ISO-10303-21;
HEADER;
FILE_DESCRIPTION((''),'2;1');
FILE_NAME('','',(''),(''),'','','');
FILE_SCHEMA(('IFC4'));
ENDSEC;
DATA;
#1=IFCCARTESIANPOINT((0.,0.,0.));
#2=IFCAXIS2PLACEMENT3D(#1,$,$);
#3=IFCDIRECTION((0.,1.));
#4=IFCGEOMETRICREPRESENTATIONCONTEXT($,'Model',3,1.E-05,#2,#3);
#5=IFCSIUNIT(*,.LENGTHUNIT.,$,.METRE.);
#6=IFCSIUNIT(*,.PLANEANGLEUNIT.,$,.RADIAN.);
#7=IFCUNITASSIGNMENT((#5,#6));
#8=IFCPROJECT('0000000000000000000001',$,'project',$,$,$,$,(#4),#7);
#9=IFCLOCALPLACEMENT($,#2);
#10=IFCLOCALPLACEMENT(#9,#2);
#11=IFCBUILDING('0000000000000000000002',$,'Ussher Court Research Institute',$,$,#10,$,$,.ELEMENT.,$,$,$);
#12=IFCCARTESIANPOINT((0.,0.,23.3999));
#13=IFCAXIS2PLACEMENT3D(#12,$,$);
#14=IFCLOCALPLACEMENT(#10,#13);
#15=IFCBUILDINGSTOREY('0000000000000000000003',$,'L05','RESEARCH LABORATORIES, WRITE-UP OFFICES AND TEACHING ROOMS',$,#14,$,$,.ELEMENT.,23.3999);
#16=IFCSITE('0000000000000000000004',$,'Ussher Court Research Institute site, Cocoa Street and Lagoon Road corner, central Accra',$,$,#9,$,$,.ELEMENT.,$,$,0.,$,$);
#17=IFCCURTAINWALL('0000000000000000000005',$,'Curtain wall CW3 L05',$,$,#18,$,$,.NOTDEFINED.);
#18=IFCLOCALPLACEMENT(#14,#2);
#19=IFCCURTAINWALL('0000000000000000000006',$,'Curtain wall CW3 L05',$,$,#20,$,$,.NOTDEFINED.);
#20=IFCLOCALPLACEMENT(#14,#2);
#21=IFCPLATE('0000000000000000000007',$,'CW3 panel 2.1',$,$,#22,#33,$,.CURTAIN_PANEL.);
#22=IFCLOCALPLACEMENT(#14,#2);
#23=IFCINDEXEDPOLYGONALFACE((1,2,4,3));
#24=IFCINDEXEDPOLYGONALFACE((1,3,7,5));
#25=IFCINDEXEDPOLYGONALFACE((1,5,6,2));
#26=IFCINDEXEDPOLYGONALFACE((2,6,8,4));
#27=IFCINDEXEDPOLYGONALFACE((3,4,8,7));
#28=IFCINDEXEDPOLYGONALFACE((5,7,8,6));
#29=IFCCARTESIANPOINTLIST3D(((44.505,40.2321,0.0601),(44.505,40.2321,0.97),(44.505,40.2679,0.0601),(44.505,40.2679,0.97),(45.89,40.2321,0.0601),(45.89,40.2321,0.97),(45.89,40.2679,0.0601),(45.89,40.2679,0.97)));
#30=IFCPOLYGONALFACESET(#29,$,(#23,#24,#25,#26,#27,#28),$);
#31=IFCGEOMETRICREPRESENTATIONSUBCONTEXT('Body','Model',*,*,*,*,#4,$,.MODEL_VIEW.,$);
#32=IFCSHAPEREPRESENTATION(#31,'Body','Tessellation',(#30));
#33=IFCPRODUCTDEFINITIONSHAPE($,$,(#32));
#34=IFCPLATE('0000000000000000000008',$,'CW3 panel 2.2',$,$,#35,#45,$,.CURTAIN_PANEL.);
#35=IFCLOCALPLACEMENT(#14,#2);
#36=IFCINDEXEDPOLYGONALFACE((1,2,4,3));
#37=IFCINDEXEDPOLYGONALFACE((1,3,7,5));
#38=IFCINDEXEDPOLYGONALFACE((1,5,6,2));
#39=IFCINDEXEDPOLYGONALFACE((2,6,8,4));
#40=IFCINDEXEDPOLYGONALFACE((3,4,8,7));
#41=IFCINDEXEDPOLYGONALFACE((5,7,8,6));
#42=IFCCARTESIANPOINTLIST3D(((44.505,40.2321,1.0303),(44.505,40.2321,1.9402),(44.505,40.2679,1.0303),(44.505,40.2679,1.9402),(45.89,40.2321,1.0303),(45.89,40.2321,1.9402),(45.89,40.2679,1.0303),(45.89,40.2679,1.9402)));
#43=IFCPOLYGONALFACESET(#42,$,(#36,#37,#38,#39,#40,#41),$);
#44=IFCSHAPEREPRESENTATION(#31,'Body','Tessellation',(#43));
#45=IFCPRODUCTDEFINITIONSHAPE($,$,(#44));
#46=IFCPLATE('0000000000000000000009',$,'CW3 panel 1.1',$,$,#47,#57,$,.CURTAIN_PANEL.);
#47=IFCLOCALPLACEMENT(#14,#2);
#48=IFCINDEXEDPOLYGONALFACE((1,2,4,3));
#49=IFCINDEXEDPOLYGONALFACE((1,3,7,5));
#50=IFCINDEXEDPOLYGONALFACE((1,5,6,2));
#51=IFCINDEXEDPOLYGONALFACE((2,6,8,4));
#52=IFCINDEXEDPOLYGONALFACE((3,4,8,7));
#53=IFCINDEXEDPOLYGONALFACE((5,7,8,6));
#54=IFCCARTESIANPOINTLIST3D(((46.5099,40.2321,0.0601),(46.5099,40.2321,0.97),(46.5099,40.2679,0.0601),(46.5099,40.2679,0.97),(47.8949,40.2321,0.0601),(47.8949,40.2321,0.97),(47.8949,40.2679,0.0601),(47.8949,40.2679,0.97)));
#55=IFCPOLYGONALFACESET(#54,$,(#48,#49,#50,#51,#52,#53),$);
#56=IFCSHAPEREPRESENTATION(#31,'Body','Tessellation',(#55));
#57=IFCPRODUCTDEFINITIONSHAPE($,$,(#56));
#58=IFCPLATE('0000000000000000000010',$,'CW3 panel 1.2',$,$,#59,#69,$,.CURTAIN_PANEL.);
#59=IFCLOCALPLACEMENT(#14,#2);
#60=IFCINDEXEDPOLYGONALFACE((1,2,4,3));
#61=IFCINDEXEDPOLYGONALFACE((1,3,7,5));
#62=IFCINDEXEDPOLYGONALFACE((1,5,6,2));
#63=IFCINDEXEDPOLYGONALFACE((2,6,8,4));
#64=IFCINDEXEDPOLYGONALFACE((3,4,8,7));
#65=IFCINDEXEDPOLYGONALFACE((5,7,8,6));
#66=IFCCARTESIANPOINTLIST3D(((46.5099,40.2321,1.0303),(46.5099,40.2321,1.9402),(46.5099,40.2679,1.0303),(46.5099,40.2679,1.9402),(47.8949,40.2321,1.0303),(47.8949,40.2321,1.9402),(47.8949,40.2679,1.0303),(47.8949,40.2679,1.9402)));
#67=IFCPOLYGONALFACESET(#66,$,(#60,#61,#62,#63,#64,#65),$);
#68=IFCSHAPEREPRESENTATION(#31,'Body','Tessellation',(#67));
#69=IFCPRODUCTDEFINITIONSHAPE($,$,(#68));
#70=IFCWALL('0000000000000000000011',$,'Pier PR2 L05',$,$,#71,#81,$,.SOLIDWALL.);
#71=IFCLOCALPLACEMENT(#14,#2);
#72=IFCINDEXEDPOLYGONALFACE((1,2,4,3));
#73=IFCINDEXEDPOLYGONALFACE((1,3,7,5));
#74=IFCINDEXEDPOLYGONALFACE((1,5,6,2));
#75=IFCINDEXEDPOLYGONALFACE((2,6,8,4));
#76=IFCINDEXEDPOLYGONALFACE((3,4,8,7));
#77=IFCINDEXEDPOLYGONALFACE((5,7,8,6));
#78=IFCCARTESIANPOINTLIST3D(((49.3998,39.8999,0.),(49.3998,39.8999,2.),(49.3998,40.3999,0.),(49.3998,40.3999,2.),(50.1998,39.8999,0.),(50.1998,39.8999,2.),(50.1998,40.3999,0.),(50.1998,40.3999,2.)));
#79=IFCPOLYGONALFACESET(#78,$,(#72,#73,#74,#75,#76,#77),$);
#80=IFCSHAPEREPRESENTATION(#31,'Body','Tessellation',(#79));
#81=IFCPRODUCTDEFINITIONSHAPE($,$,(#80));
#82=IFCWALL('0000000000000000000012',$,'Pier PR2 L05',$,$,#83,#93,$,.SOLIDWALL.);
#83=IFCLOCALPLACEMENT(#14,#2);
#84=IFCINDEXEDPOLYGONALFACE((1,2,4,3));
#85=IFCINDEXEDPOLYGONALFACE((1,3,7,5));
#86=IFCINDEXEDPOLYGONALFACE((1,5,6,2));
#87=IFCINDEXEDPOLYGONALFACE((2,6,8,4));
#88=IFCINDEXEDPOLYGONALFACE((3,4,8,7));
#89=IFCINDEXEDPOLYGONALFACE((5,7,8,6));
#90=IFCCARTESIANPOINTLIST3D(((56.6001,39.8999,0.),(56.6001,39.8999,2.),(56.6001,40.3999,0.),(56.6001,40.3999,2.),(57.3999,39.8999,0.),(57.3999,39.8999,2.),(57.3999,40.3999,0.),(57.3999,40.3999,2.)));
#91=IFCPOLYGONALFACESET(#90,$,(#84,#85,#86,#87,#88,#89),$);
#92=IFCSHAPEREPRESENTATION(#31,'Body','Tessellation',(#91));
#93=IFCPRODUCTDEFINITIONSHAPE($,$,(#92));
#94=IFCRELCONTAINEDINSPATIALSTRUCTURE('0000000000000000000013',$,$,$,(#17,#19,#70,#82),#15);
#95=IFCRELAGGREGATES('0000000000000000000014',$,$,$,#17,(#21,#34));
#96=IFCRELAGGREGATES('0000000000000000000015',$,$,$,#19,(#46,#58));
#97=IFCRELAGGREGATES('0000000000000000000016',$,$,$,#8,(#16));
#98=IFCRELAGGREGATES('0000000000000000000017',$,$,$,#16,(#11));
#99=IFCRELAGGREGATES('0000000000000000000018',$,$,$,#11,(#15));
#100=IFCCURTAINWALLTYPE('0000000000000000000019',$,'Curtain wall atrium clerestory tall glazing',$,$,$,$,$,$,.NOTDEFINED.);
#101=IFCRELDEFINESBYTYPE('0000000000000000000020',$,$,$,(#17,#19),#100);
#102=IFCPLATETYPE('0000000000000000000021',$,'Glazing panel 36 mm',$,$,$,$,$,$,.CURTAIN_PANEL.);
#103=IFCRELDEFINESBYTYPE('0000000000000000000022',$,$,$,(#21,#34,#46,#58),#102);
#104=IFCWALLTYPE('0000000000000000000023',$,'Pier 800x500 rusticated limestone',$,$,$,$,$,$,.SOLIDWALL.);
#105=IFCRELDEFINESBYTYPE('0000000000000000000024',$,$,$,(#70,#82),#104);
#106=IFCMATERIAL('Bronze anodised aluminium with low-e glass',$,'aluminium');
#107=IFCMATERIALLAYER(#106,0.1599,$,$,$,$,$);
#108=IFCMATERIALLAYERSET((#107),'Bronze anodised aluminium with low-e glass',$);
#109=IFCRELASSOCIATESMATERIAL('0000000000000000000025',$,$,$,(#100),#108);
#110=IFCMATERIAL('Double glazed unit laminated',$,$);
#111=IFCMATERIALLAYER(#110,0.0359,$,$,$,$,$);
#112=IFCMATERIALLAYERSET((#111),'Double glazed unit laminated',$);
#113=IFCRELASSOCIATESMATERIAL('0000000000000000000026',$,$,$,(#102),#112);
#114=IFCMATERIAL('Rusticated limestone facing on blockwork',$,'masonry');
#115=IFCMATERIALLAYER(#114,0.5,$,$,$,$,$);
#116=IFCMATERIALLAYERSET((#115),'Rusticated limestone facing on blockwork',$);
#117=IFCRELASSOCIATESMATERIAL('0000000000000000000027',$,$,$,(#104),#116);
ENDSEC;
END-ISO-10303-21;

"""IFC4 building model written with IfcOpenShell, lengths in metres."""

from ifc_helpers import new_model, si_unit, direction, frame, frame_2d, origin, origin_2d, place, context, subcontext, project, spatial, rectangle, extrude, material, layer, layer_set, type_object, element, aggregate, save


model = new_model("IFC4")

# Units and contexts
model_context = context("Model", 3, precision=1e-05, world=origin(), true_north=direction((0.0, 1.0)))
body_context = subcontext(model_context, "Body", "Model", "MODEL_VIEW")
ifc_project = project(units=[si_unit("LENGTHUNIT", "METRE"), si_unit("PLANEANGLEUNIT", "RADIAN")], contexts=[model_context])

# Site, building, storey
site_placement = place(None, origin())
site = spatial("IfcSite", under=ifc_project, at=site_placement, Name="Ussher Court Research Institute site, Cocoa Street and Lagoon Road corner, central Accra", CompositionType="ELEMENT", RefElevation=0.0)
building_placement = place(site_placement, origin())
building = spatial("IfcBuilding", under=site, at=building_placement, Name="Ussher Court Research Institute", CompositionType="ELEMENT")
storey_placement = place(building_placement, frame((0.0, 0.0, 23.3999)))
storey = spatial("IfcBuildingStorey", under=building, at=storey_placement, Name="L05", Description="RESEARCH LABORATORIES, WRITE-UP OFFICES AND TEACHING ROOMS", CompositionType="ELEMENT", Elevation=23.3999)

# Curtain walls
ifc_material_1 = material(Name="Bronze anodised aluminium with low-e glass", Category="aluminium")
ifc_layer_1 = layer(ifc_material_1, 0.1599)
ifc_layer_set_1 = layer_set([ifc_layer_1], Name="Bronze anodised aluminium with low-e glass")
curtain_wall_type = type_object("IfcCurtainWallType", Name="Curtain wall atrium clerestory tall glazing", PredefinedType="NOTDEFINED", material=ifc_layer_set_1)
curtain_wall_1_placement = place(storey_placement, origin())
curtain_wall_1 = element("IfcCurtainWall", 1, at=curtain_wall_1_placement, inside=storey, type_object=curtain_wall_type, Name="Curtain wall CW3 L05", PredefinedType="NOTDEFINED")
curtain_wall_2_placement = place(storey_placement, origin())
curtain_wall_2 = element("IfcCurtainWall", 2, at=curtain_wall_2_placement, inside=storey, type_object=curtain_wall_type, Name="Curtain wall CW3 L05", PredefinedType="NOTDEFINED")

# Plates
ifc_material_2 = material(Name="Double glazed unit laminated")
ifc_layer_2 = layer(ifc_material_2, 0.0359)
ifc_layer_set_2 = layer_set([ifc_layer_2], Name="Double glazed unit laminated")
plate_type = type_object("IfcPlateType", Name="Glazing panel 36 mm", PredefinedType="CURTAIN_PANEL", material=ifc_layer_set_2)
plate_1_placement = place(storey_placement, frame((45.1975, 40.25, 0.0601), z_axis=(0.0, 0.0, 1.0), x_axis=(1.0, 0.0, 0.0)))
plate_1 = element("IfcPlate", 3, at=plate_1_placement, type_object=plate_type, Name="CW3 panel 2.1", PredefinedType="CURTAIN_PANEL", context=body_context, shape_type="SweptSolid", body=[
    extrude(rectangle(XDim=1.385, YDim=0.0359, at=origin_2d()), origin(), (0.0, 0.0, 1.0), 0.9099),
])
plate_2_placement = place(storey_placement, frame((45.1975, 40.25, 1.0303), z_axis=(0.0, 0.0, 1.0), x_axis=(1.0, 0.0, 0.0)))
plate_2 = element("IfcPlate", 4, at=plate_2_placement, type_object=plate_type, Name="CW3 panel 2.2", PredefinedType="CURTAIN_PANEL", context=body_context, shape_type="SweptSolid", body=[
    extrude(rectangle(XDim=1.385, YDim=0.0359, at=origin_2d()), origin(), (0.0, 0.0, 1.0), 0.9099),
])
aggregate(curtain_wall_1, [plate_1, plate_2])
plate_3_placement = place(storey_placement, frame((47.2024, 40.25, 0.0601), z_axis=(0.0, 0.0, 1.0), x_axis=(1.0, 0.0, 0.0)))
plate_3 = element("IfcPlate", 5, at=plate_3_placement, type_object=plate_type, Name="CW3 panel 1.1", PredefinedType="CURTAIN_PANEL", context=body_context, shape_type="SweptSolid", body=[
    extrude(rectangle(XDim=1.385, YDim=0.0359, at=origin_2d()), origin(), (0.0, 0.0, 1.0), 0.9099),
])
plate_4_placement = place(storey_placement, frame((47.2024, 40.25, 1.0303), z_axis=(0.0, 0.0, 1.0), x_axis=(1.0, 0.0, 0.0)))
plate_4 = element("IfcPlate", 6, at=plate_4_placement, type_object=plate_type, Name="CW3 panel 1.2", PredefinedType="CURTAIN_PANEL", context=body_context, shape_type="SweptSolid", body=[
    extrude(rectangle(XDim=1.385, YDim=0.0359, at=origin_2d()), origin(), (0.0, 0.0, 1.0), 0.9099),
])
aggregate(curtain_wall_2, [plate_3, plate_4])

# Walls
ifc_material_3 = material(Name="Rusticated limestone facing on blockwork", Category="masonry")
ifc_layer_3 = layer(ifc_material_3, 0.5)
ifc_layer_set_3 = layer_set([ifc_layer_3], Name="Rusticated limestone facing on blockwork")
wall_type = type_object("IfcWallType", Name="Pier 800x500 rusticated limestone", PredefinedType="SOLIDWALL", material=ifc_layer_set_3)
wall_1_placement = place(storey_placement, frame((49.3999, 40.1499, 0.0), z_axis=(0.0, 0.0, 1.0), x_axis=(1.0, 0.0, 0.0)))
element("IfcWall", 7, at=wall_1_placement, inside=storey, type_object=wall_type, Name="Pier PR2 L05", PredefinedType="SOLIDWALL", context=body_context, shape_type="SweptSolid", body=[
    extrude(rectangle(XDim=0.8, YDim=0.5, at=frame_2d((0.3999, 0.0))), origin(), (0.0, 0.0, 1.0), 2.0),
])
wall_2_placement = place(storey_placement, frame((56.6001, 40.1499, 0.0), z_axis=(0.0, 0.0, 1.0), x_axis=(1.0, 0.0, 0.0)))
element("IfcWall", 8, at=wall_2_placement, inside=storey, type_object=wall_type, Name="Pier PR2 L05", PredefinedType="SOLIDWALL", context=body_context, shape_type="SweptSolid", body=[
    extrude(rectangle(XDim=0.7998, YDim=0.5, at=frame_2d((0.3999, 0.0))), origin(), (0.0, 0.0, 1.0), 2.0),
])

save(model, "model.ifc")
